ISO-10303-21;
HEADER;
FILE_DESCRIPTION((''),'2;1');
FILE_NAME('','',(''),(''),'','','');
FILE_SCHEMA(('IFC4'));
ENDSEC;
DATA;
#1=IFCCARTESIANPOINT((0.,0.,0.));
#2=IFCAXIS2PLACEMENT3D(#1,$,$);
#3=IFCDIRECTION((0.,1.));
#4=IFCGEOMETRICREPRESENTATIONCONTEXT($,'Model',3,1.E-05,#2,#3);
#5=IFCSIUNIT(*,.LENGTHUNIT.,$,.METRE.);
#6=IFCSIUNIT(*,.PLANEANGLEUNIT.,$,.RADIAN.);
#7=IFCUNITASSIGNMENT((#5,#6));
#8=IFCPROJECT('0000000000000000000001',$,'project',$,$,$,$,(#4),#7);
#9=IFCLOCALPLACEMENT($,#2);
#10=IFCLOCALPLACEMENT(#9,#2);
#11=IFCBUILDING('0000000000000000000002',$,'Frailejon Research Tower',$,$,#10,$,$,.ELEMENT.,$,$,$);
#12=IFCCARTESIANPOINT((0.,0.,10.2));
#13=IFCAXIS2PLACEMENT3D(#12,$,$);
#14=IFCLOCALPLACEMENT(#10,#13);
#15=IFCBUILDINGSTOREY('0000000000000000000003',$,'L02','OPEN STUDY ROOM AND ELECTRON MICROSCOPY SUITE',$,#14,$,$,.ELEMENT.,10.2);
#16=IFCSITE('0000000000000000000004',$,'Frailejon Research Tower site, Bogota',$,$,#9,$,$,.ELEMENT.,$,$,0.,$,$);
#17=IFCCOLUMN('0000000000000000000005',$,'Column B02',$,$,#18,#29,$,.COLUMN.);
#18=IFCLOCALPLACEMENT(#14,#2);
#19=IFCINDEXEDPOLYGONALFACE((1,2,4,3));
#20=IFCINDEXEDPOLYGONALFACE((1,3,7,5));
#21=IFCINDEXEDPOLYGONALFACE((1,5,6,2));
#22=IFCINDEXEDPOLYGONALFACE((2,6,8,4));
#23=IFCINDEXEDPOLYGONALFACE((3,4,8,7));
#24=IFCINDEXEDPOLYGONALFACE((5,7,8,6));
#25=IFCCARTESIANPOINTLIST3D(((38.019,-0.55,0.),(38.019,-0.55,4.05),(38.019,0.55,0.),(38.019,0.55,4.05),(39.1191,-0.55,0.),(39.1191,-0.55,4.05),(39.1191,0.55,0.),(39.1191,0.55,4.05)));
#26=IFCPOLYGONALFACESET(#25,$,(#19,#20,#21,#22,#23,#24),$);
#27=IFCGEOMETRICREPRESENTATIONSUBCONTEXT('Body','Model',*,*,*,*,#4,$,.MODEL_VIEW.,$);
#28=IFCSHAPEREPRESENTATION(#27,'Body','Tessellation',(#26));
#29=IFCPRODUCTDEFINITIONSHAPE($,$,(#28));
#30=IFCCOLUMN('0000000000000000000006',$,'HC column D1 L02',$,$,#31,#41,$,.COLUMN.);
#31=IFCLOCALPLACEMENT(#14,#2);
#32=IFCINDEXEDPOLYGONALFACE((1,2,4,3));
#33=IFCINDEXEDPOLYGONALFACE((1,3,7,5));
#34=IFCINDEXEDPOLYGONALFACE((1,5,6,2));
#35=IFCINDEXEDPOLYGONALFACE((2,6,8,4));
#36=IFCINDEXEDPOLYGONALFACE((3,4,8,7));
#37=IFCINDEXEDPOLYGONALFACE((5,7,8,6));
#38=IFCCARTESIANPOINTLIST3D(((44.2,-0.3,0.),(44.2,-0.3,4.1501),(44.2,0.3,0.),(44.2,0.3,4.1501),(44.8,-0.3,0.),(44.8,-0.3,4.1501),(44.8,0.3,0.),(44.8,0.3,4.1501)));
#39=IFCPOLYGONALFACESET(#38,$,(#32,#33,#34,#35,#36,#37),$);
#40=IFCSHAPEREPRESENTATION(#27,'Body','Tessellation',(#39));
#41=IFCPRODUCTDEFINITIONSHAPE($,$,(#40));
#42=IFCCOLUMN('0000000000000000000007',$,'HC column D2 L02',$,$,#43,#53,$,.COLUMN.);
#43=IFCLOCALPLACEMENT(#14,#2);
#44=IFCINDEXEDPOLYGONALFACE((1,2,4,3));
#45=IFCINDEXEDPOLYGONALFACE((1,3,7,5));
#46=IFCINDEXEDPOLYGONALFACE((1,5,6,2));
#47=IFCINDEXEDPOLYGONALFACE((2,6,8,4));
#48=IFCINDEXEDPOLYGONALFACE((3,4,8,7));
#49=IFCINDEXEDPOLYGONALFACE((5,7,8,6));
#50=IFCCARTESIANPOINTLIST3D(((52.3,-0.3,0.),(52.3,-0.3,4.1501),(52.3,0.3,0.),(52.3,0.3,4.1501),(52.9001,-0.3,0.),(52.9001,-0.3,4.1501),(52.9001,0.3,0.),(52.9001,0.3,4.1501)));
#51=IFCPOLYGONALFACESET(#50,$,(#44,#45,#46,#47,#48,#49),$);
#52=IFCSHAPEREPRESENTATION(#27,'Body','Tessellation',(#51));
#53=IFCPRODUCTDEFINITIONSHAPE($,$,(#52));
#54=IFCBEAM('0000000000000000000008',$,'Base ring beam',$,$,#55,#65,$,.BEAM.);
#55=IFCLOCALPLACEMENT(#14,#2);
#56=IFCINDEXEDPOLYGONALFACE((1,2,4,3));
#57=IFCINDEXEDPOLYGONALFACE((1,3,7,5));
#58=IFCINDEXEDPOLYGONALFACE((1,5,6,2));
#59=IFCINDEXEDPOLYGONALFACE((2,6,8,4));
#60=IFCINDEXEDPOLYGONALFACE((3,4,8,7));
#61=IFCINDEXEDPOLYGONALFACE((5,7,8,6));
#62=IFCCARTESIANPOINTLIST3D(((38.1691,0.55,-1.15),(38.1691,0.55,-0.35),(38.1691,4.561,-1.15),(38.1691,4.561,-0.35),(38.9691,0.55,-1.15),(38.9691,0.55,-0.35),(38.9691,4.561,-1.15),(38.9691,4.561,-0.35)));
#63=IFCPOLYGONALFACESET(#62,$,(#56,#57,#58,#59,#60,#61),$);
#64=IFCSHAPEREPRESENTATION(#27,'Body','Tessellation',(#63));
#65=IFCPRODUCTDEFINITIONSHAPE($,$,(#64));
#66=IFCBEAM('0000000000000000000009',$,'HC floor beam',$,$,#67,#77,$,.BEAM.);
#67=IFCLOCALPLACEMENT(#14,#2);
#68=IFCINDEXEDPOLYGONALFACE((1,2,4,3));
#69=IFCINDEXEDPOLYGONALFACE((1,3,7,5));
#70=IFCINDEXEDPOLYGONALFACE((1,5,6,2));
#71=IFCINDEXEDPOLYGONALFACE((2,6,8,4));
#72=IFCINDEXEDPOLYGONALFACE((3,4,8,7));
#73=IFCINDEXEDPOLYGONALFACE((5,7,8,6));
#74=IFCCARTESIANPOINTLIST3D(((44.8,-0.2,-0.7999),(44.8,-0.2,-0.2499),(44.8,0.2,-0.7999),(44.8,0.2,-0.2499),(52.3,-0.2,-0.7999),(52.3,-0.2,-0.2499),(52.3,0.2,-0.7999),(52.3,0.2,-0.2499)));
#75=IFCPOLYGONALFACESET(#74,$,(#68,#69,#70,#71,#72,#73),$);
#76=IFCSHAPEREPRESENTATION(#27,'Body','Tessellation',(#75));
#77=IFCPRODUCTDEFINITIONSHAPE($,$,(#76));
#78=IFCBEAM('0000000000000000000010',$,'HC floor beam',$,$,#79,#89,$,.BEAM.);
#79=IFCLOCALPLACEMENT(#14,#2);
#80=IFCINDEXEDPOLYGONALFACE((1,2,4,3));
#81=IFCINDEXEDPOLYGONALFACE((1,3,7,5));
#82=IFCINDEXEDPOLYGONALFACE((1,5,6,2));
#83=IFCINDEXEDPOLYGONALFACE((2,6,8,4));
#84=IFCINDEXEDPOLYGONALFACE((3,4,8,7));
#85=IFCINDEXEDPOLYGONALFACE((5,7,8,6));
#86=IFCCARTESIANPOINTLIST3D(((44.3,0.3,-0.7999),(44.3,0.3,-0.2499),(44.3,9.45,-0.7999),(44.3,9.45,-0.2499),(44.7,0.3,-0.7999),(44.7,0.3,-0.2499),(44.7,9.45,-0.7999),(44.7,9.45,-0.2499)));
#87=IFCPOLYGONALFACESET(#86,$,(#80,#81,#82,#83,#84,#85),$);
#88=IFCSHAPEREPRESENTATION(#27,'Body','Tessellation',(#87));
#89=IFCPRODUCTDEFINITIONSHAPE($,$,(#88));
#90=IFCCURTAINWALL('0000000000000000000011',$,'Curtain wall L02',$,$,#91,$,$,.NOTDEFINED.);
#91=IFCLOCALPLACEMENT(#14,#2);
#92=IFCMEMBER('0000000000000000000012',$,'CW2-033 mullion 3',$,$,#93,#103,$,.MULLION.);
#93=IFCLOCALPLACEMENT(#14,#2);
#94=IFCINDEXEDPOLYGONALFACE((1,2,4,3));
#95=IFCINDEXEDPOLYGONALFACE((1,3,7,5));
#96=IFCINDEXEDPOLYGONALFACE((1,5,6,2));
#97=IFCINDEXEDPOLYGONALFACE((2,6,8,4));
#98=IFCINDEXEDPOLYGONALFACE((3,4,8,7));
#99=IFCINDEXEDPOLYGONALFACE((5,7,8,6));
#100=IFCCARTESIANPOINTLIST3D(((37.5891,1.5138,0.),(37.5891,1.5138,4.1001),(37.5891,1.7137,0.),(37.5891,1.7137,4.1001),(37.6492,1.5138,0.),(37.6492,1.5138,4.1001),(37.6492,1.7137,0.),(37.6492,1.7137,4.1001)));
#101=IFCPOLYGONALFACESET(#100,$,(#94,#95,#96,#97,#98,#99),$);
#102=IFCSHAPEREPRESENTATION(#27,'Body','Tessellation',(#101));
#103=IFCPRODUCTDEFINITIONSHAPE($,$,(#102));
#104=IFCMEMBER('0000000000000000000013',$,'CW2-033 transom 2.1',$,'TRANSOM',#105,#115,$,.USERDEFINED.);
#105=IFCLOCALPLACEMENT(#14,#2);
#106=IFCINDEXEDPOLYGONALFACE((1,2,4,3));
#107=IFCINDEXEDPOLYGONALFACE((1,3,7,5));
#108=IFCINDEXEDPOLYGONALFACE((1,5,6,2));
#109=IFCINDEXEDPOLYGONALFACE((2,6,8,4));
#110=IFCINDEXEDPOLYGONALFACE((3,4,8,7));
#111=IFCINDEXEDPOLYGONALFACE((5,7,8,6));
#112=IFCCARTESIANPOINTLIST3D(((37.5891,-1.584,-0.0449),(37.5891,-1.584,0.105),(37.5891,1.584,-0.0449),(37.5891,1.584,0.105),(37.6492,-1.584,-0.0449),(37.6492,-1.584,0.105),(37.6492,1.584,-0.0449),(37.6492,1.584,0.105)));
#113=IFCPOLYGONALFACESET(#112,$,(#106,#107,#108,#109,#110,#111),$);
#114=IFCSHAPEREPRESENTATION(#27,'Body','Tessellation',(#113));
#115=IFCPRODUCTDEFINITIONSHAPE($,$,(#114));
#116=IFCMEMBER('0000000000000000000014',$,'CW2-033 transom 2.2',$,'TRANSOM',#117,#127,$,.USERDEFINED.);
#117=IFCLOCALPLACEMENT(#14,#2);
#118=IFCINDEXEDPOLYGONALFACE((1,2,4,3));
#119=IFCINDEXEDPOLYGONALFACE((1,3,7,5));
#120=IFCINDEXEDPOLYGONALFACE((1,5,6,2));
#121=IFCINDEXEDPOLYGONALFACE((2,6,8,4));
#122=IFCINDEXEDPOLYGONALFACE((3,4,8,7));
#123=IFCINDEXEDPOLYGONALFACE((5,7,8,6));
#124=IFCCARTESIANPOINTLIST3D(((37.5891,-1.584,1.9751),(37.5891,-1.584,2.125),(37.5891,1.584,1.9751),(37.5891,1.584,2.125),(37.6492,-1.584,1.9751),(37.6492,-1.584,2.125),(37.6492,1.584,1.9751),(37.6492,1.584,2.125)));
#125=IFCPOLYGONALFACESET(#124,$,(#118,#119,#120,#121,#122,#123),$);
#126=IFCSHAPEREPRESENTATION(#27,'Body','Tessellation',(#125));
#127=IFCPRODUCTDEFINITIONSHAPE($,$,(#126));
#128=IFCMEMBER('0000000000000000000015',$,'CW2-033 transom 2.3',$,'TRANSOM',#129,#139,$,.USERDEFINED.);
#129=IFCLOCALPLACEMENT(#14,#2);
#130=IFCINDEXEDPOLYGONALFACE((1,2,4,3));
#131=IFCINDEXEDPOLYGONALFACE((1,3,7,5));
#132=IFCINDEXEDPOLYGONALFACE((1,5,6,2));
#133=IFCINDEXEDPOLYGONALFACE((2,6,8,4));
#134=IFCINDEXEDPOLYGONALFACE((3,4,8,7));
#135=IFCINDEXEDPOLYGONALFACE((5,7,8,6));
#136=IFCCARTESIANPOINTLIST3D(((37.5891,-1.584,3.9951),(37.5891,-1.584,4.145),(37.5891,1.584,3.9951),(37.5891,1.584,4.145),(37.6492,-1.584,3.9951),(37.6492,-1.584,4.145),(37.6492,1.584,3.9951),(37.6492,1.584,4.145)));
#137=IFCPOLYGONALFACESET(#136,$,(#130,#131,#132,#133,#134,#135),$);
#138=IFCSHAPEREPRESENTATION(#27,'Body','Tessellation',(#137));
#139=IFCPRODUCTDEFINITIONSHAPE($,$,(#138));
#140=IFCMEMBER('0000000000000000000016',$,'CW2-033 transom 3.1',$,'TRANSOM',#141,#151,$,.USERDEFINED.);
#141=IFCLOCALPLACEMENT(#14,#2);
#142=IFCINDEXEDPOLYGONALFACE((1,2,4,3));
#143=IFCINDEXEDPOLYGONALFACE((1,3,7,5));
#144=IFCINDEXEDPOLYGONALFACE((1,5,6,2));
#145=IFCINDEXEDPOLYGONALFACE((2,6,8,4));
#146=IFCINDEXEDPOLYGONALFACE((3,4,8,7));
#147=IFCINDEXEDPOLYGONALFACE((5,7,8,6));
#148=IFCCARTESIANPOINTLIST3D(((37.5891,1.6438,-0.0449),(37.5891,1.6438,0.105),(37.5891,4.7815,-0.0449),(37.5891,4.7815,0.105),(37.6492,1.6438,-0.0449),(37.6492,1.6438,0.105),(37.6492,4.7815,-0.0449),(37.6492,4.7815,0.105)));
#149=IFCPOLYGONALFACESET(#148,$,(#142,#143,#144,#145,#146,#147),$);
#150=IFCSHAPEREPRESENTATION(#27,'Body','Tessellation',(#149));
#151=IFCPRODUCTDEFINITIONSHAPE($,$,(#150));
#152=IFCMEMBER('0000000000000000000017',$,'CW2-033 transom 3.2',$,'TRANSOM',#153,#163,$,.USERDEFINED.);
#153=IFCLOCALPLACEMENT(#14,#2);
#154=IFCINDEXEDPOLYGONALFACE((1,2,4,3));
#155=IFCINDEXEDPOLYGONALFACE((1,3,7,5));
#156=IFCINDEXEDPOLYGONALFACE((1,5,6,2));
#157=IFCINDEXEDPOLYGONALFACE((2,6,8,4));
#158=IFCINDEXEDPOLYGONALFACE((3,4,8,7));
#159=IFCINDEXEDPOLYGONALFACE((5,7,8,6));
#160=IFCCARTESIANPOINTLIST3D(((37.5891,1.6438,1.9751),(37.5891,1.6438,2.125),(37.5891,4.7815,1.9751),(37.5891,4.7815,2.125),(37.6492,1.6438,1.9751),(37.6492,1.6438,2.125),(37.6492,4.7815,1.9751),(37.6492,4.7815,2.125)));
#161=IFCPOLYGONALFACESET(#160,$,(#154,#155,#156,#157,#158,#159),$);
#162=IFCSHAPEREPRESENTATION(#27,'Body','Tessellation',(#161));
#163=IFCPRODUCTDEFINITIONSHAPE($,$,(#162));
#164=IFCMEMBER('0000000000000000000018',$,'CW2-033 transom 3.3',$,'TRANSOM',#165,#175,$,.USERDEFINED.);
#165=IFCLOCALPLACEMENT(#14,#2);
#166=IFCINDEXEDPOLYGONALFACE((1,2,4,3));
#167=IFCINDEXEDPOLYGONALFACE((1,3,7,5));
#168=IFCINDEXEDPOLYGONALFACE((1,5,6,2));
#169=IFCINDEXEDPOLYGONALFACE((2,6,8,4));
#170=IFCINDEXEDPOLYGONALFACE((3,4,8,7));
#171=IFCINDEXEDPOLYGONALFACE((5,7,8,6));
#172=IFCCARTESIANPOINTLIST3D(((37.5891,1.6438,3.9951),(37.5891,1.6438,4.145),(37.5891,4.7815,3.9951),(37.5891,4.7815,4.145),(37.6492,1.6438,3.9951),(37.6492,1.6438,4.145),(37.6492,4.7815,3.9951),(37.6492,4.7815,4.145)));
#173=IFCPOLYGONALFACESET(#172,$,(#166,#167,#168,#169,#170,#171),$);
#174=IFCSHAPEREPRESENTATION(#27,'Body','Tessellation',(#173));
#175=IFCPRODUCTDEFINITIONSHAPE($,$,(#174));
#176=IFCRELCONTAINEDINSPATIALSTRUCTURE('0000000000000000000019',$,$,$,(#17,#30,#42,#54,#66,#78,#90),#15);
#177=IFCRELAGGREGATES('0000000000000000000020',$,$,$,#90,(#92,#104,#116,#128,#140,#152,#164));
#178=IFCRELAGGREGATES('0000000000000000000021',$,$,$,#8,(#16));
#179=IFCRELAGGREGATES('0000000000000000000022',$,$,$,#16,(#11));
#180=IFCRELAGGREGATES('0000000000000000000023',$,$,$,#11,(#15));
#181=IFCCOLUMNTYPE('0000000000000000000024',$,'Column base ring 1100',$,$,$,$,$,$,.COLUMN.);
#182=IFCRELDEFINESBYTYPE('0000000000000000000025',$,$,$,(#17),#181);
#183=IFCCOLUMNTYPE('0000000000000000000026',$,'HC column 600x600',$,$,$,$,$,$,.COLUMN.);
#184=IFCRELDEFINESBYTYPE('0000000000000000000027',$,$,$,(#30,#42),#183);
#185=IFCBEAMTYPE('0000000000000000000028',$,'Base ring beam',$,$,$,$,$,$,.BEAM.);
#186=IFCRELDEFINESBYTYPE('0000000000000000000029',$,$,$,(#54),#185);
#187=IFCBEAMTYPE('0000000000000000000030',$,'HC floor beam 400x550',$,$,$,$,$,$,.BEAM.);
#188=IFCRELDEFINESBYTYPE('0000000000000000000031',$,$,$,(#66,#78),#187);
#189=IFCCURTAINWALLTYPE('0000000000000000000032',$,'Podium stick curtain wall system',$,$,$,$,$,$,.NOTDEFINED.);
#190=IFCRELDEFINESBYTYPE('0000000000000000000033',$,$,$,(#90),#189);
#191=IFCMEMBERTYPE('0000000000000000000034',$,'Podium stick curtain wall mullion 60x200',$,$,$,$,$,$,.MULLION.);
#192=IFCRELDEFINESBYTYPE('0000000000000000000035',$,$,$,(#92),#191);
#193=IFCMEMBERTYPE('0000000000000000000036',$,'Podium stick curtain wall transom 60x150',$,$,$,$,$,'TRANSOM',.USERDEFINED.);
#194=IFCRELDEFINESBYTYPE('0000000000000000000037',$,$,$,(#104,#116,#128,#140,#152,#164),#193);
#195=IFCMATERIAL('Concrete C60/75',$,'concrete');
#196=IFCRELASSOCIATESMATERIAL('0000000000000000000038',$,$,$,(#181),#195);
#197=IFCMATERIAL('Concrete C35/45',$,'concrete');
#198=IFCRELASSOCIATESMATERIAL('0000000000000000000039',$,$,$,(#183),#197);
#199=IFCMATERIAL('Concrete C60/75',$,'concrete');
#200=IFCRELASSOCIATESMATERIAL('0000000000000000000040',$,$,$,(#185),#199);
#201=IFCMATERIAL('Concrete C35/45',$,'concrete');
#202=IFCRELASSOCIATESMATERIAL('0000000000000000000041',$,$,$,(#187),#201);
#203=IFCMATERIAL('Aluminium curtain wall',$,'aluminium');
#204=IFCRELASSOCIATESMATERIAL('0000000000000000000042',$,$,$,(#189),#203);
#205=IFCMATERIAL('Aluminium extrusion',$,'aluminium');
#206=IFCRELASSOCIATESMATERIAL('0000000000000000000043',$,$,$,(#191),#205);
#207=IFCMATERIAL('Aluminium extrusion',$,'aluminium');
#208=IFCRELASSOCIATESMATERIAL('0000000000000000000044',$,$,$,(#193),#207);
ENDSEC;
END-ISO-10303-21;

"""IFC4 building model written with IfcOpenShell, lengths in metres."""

from ifc_helpers import new_model, si_unit, direction, frame, origin, origin_2d, place, context, subcontext, project, spatial, rectangle, extrude, material, material_profile, profile_set, type_object, element, aggregate, save


model = new_model("IFC4")

# Units and contexts
model_context = context("Model", 3, precision=1e-05, world=origin(), true_north=direction((0.0, 1.0)))
body_context = subcontext(model_context, "Body", "Model", "MODEL_VIEW")
ifc_project = project(units=[si_unit("LENGTHUNIT", "METRE"), si_unit("PLANEANGLEUNIT", "RADIAN")], contexts=[model_context])

# Site, building, storey
site_placement = place(None, origin())
site = spatial("IfcSite", under=ifc_project, at=site_placement, Name="Frailejon Research Tower site, Bogota", CompositionType="ELEMENT", RefElevation=0.0)
building_placement = place(site_placement, origin())
building = spatial("IfcBuilding", under=site, at=building_placement, Name="Frailejon Research Tower", CompositionType="ELEMENT")
storey_placement = place(building_placement, frame((0.0, 0.0, 10.2)))
storey = spatial("IfcBuildingStorey", under=building, at=storey_placement, Name="L02", Description="OPEN STUDY ROOM AND ELECTRON MICROSCOPY SUITE", CompositionType="ELEMENT", Elevation=10.2)

# Columns
ifc_material_1 = material(Name="Concrete C60/75", Category="concrete")
ifc_material_profile_1 = material_profile(ifc_material_1, rectangle(XDim=1.1001, YDim=1.1001, at=origin_2d()), Name="Column base ring 1100")
ifc_profile_set_1 = profile_set([ifc_material_profile_1], Name="Concrete C60/75")
column_type_1 = type_object("IfcColumnType", Name="Column base ring 1100", PredefinedType="COLUMN", material=ifc_profile_set_1)
column_placement = place(storey_placement, frame((38.5691, 0.0, 0.0), z_axis=(0.0, 0.0, 1.0), x_axis=(0.0, 1.0, 0.0)))
element("IfcColumn", 1, at=column_placement, inside=storey, type_object=column_type_1, Name="Column B02", PredefinedType="COLUMN", context=body_context, shape_type="SweptSolid", body=[
    extrude(rectangle(XDim=1.1001, YDim=1.1001, at=origin_2d()), origin(), (0.0, 0.0, 1.0), 4.05),
])
ifc_material_2 = material(Name="Concrete C35/45", Category="concrete")
ifc_material_profile_2 = material_profile(ifc_material_2, rectangle(XDim=0.6001, YDim=0.6001, at=origin_2d()), Name="HC column 600x600")
ifc_profile_set_2 = profile_set([ifc_material_profile_2], Name="Concrete C35/45")
column_type_2 = type_object("IfcColumnType", Name="HC column 600x600", PredefinedType="COLUMN", material=ifc_profile_set_2)
for number, where, z_axis, x_axis, name in (
    (2, (44.5, 0.0, 0.0), (0.0, 0.0, 1.0), (1.0, 0.0, 0.0), "HC column D1 L02"),
    (3, (52.6001, 0.0, 0.0), (0.0, 0.0, 1.0), (1.0, 0.0, 0.0), "HC column D2 L02"),
):
    element("IfcColumn", number, at=place(storey_placement, frame(where, z_axis=z_axis, x_axis=x_axis)), inside=storey, type_object=column_type_2, Name=name, PredefinedType="COLUMN", context=body_context, shape_type="SweptSolid", body=[
        extrude(rectangle(XDim=0.6001, YDim=0.6001, at=origin_2d()), origin(), (0.0, 0.0, 1.0), 4.1501),
    ])

# Beams
ifc_material_3 = material(Name="Concrete C60/75", Category="concrete")
ifc_material_profile_3 = material_profile(ifc_material_3, rectangle(XDim=0.8, YDim=0.8, at=origin_2d()), Name="Base ring beam")
ifc_profile_set_3 = profile_set([ifc_material_profile_3], Name="Concrete C60/75")
beam_type_1 = type_object("IfcBeamType", Name="Base ring beam", PredefinedType="BEAM", material=ifc_profile_set_3)
beam_1_placement = place(storey_placement, frame((38.5691, 0.55, -0.75), z_axis=(0.0, 1.0, 0.0), x_axis=(-1.0, 0.0, 0.0)))
element("IfcBeam", 4, at=beam_1_placement, inside=storey, type_object=beam_type_1, Name="Base ring beam", PredefinedType="BEAM", context=body_context, shape_type="SweptSolid", body=[
    extrude(rectangle(XDim=0.8, YDim=0.8, at=origin_2d()), origin(), (0.0, 0.0, 1.0), 4.011),
])
ifc_material_4 = material(Name="Concrete C35/45", Category="concrete")
ifc_material_profile_4 = material_profile(ifc_material_4, rectangle(XDim=0.3999, YDim=0.55, at=origin_2d()), Name="HC floor beam 400x550")
ifc_profile_set_4 = profile_set([ifc_material_profile_4], Name="Concrete C35/45")
beam_type_2 = type_object("IfcBeamType", Name="HC floor beam 400x550", PredefinedType="BEAM", material=ifc_profile_set_4)
beam_2_placement = place(storey_placement, frame((44.8, 0.0, -0.5249), z_axis=(1.0, 0.0, 0.0), x_axis=(0.0, 1.0, 0.0)))
element("IfcBeam", 5, at=beam_2_placement, inside=storey, type_object=beam_type_2, Name="HC floor beam", PredefinedType="BEAM", context=body_context, shape_type="SweptSolid", body=[
    extrude(rectangle(XDim=0.3999, YDim=0.55, at=origin_2d()), origin(), (0.0, 0.0, 1.0), 7.5),
])
beam_3_placement = place(storey_placement, frame((44.5, 0.3, -0.5249), z_axis=(0.0, 1.0, 0.0), x_axis=(-1.0, 0.0, 0.0)))
element("IfcBeam", 6, at=beam_3_placement, inside=storey, type_object=beam_type_2, Name="HC floor beam", PredefinedType="BEAM", context=body_context, shape_type="SweptSolid", body=[
    extrude(rectangle(XDim=0.3999, YDim=0.55, at=origin_2d()), origin(), (0.0, 0.0, 1.0), 9.1499),
])

# Curtain wall, members
ifc_material_5 = material(Name="Aluminium curtain wall", Category="aluminium")
curtain_wall_type = type_object("IfcCurtainWallType", Name="Podium stick curtain wall system", PredefinedType="NOTDEFINED", material=ifc_material_5)
curtain_wall_placement = place(storey_placement, origin())
curtain_wall = element("IfcCurtainWall", 7, at=curtain_wall_placement, inside=storey, type_object=curtain_wall_type, Name="Curtain wall L02", PredefinedType="NOTDEFINED")
ifc_material_6 = material(Name="Aluminium extrusion", Category="aluminium")
ifc_material_profile_5 = material_profile(ifc_material_6, rectangle(XDim=0.0601, YDim=0.2, at=origin_2d()), Name="Podium stick curtain wall mullion 60x200")
ifc_profile_set_5 = profile_set([ifc_material_profile_5], Name="Aluminium extrusion")
member_type_1 = type_object("IfcMemberType", Name="Podium stick curtain wall mullion 60x200", PredefinedType="MULLION", material=ifc_profile_set_5)
member_1_placement = place(storey_placement, frame((37.6191, 1.6138, 0.0), z_axis=(0.0, 0.0, 1.0), x_axis=(-1.0, 0.0, 0.0)))
member_1 = element("IfcMember", 8, at=member_1_placement, type_object=member_type_1, Name="CW2-033 mullion 3", PredefinedType="MULLION", context=body_context, shape_type="SweptSolid", body=[
    extrude(rectangle(XDim=0.0601, YDim=0.2, at=origin_2d()), origin(), (0.0, 0.0, 1.0), 4.1001),
])
ifc_material_7 = material(Name="Aluminium extrusion", Category="aluminium")
ifc_material_profile_6 = material_profile(ifc_material_7, rectangle(XDim=0.0601, YDim=0.1499, at=origin_2d()), Name="Podium stick curtain wall transom 60x150")
ifc_profile_set_6 = profile_set([ifc_material_profile_6], Name="Aluminium extrusion")
member_type_2 = type_object("IfcMemberType", Name="Podium stick curtain wall transom 60x150", ElementType="TRANSOM", PredefinedType="USERDEFINED", material=ifc_profile_set_6)
member_2_placement = place(storey_placement, frame((37.6191, -1.584, 0.03), z_axis=(0.0, 1.0, 0.0), x_axis=(-1.0, 0.0, 0.0)))
member_2 = element("IfcMember", 9, at=member_2_placement, type_object=member_type_2, Name="CW2-033 transom 2.1", ObjectType="TRANSOM", PredefinedType="USERDEFINED", context=body_context, shape_type="SweptSolid", body=[
    extrude(rectangle(XDim=0.0601, YDim=0.1499, at=origin_2d()), origin(), (0.0, 0.0, 1.0), 3.168),
])
member_3_placement = place(storey_placement, frame((37.6191, -1.584, 2.05), z_axis=(0.0, 1.0, 0.0), x_axis=(-1.0, 0.0, 0.0)))
member_3 = element("IfcMember", 10, at=member_3_placement, type_object=member_type_2, Name="CW2-033 transom 2.2", ObjectType="TRANSOM", PredefinedType="USERDEFINED", context=body_context, shape_type="SweptSolid", body=[
    extrude(rectangle(XDim=0.0601, YDim=0.1499, at=origin_2d()), origin(), (0.0, 0.0, 1.0), 3.168),
])
member_4_placement = place(storey_placement, frame((37.6191, -1.584, 4.0701), z_axis=(0.0, 1.0, 0.0), x_axis=(-1.0, 0.0, 0.0)))
member_4 = element("IfcMember", 11, at=member_4_placement, type_object=member_type_2, Name="CW2-033 transom 2.3", ObjectType="TRANSOM", PredefinedType="USERDEFINED", context=body_context, shape_type="SweptSolid", body=[
    extrude(rectangle(XDim=0.0601, YDim=0.1499, at=origin_2d()), origin(), (0.0, 0.0, 1.0), 3.168),
])
member_5_placement = place(storey_placement, frame((37.6191, 1.6438, 0.03), z_axis=(0.0, 1.0, 0.0), x_axis=(-1.0, 0.0, 0.0)))
member_5 = element("IfcMember", 12, at=member_5_placement, type_object=member_type_2, Name="CW2-033 transom 3.1", ObjectType="TRANSOM", PredefinedType="USERDEFINED", context=body_context, shape_type="SweptSolid", body=[
    extrude(rectangle(XDim=0.0601, YDim=0.1499, at=origin_2d()), origin(), (0.0, 0.0, 1.0), 3.1377),
])
member_6_placement = place(storey_placement, frame((37.6191, 1.6438, 2.05), z_axis=(0.0, 1.0, 0.0), x_axis=(-1.0, 0.0, 0.0)))
member_6 = element("IfcMember", 13, at=member_6_placement, type_object=member_type_2, Name="CW2-033 transom 3.2", ObjectType="TRANSOM", PredefinedType="USERDEFINED", context=body_context, shape_type="SweptSolid", body=[
    extrude(rectangle(XDim=0.0601, YDim=0.1499, at=origin_2d()), origin(), (0.0, 0.0, 1.0), 3.1377),
])
member_7_placement = place(storey_placement, frame((37.6191, 1.6438, 4.0701), z_axis=(0.0, 1.0, 0.0), x_axis=(-1.0, 0.0, 0.0)))
member_7 = element("IfcMember", 14, at=member_7_placement, type_object=member_type_2, Name="CW2-033 transom 3.3", ObjectType="TRANSOM", PredefinedType="USERDEFINED", context=body_context, shape_type="SweptSolid", body=[
    extrude(rectangle(XDim=0.0601, YDim=0.1499, at=origin_2d()), origin(), (0.0, 0.0, 1.0), 3.1377),
])
aggregate(curtain_wall, [member_1, member_2, member_3, member_4, member_5, member_6, member_7])

save(model, "model.ifc")
